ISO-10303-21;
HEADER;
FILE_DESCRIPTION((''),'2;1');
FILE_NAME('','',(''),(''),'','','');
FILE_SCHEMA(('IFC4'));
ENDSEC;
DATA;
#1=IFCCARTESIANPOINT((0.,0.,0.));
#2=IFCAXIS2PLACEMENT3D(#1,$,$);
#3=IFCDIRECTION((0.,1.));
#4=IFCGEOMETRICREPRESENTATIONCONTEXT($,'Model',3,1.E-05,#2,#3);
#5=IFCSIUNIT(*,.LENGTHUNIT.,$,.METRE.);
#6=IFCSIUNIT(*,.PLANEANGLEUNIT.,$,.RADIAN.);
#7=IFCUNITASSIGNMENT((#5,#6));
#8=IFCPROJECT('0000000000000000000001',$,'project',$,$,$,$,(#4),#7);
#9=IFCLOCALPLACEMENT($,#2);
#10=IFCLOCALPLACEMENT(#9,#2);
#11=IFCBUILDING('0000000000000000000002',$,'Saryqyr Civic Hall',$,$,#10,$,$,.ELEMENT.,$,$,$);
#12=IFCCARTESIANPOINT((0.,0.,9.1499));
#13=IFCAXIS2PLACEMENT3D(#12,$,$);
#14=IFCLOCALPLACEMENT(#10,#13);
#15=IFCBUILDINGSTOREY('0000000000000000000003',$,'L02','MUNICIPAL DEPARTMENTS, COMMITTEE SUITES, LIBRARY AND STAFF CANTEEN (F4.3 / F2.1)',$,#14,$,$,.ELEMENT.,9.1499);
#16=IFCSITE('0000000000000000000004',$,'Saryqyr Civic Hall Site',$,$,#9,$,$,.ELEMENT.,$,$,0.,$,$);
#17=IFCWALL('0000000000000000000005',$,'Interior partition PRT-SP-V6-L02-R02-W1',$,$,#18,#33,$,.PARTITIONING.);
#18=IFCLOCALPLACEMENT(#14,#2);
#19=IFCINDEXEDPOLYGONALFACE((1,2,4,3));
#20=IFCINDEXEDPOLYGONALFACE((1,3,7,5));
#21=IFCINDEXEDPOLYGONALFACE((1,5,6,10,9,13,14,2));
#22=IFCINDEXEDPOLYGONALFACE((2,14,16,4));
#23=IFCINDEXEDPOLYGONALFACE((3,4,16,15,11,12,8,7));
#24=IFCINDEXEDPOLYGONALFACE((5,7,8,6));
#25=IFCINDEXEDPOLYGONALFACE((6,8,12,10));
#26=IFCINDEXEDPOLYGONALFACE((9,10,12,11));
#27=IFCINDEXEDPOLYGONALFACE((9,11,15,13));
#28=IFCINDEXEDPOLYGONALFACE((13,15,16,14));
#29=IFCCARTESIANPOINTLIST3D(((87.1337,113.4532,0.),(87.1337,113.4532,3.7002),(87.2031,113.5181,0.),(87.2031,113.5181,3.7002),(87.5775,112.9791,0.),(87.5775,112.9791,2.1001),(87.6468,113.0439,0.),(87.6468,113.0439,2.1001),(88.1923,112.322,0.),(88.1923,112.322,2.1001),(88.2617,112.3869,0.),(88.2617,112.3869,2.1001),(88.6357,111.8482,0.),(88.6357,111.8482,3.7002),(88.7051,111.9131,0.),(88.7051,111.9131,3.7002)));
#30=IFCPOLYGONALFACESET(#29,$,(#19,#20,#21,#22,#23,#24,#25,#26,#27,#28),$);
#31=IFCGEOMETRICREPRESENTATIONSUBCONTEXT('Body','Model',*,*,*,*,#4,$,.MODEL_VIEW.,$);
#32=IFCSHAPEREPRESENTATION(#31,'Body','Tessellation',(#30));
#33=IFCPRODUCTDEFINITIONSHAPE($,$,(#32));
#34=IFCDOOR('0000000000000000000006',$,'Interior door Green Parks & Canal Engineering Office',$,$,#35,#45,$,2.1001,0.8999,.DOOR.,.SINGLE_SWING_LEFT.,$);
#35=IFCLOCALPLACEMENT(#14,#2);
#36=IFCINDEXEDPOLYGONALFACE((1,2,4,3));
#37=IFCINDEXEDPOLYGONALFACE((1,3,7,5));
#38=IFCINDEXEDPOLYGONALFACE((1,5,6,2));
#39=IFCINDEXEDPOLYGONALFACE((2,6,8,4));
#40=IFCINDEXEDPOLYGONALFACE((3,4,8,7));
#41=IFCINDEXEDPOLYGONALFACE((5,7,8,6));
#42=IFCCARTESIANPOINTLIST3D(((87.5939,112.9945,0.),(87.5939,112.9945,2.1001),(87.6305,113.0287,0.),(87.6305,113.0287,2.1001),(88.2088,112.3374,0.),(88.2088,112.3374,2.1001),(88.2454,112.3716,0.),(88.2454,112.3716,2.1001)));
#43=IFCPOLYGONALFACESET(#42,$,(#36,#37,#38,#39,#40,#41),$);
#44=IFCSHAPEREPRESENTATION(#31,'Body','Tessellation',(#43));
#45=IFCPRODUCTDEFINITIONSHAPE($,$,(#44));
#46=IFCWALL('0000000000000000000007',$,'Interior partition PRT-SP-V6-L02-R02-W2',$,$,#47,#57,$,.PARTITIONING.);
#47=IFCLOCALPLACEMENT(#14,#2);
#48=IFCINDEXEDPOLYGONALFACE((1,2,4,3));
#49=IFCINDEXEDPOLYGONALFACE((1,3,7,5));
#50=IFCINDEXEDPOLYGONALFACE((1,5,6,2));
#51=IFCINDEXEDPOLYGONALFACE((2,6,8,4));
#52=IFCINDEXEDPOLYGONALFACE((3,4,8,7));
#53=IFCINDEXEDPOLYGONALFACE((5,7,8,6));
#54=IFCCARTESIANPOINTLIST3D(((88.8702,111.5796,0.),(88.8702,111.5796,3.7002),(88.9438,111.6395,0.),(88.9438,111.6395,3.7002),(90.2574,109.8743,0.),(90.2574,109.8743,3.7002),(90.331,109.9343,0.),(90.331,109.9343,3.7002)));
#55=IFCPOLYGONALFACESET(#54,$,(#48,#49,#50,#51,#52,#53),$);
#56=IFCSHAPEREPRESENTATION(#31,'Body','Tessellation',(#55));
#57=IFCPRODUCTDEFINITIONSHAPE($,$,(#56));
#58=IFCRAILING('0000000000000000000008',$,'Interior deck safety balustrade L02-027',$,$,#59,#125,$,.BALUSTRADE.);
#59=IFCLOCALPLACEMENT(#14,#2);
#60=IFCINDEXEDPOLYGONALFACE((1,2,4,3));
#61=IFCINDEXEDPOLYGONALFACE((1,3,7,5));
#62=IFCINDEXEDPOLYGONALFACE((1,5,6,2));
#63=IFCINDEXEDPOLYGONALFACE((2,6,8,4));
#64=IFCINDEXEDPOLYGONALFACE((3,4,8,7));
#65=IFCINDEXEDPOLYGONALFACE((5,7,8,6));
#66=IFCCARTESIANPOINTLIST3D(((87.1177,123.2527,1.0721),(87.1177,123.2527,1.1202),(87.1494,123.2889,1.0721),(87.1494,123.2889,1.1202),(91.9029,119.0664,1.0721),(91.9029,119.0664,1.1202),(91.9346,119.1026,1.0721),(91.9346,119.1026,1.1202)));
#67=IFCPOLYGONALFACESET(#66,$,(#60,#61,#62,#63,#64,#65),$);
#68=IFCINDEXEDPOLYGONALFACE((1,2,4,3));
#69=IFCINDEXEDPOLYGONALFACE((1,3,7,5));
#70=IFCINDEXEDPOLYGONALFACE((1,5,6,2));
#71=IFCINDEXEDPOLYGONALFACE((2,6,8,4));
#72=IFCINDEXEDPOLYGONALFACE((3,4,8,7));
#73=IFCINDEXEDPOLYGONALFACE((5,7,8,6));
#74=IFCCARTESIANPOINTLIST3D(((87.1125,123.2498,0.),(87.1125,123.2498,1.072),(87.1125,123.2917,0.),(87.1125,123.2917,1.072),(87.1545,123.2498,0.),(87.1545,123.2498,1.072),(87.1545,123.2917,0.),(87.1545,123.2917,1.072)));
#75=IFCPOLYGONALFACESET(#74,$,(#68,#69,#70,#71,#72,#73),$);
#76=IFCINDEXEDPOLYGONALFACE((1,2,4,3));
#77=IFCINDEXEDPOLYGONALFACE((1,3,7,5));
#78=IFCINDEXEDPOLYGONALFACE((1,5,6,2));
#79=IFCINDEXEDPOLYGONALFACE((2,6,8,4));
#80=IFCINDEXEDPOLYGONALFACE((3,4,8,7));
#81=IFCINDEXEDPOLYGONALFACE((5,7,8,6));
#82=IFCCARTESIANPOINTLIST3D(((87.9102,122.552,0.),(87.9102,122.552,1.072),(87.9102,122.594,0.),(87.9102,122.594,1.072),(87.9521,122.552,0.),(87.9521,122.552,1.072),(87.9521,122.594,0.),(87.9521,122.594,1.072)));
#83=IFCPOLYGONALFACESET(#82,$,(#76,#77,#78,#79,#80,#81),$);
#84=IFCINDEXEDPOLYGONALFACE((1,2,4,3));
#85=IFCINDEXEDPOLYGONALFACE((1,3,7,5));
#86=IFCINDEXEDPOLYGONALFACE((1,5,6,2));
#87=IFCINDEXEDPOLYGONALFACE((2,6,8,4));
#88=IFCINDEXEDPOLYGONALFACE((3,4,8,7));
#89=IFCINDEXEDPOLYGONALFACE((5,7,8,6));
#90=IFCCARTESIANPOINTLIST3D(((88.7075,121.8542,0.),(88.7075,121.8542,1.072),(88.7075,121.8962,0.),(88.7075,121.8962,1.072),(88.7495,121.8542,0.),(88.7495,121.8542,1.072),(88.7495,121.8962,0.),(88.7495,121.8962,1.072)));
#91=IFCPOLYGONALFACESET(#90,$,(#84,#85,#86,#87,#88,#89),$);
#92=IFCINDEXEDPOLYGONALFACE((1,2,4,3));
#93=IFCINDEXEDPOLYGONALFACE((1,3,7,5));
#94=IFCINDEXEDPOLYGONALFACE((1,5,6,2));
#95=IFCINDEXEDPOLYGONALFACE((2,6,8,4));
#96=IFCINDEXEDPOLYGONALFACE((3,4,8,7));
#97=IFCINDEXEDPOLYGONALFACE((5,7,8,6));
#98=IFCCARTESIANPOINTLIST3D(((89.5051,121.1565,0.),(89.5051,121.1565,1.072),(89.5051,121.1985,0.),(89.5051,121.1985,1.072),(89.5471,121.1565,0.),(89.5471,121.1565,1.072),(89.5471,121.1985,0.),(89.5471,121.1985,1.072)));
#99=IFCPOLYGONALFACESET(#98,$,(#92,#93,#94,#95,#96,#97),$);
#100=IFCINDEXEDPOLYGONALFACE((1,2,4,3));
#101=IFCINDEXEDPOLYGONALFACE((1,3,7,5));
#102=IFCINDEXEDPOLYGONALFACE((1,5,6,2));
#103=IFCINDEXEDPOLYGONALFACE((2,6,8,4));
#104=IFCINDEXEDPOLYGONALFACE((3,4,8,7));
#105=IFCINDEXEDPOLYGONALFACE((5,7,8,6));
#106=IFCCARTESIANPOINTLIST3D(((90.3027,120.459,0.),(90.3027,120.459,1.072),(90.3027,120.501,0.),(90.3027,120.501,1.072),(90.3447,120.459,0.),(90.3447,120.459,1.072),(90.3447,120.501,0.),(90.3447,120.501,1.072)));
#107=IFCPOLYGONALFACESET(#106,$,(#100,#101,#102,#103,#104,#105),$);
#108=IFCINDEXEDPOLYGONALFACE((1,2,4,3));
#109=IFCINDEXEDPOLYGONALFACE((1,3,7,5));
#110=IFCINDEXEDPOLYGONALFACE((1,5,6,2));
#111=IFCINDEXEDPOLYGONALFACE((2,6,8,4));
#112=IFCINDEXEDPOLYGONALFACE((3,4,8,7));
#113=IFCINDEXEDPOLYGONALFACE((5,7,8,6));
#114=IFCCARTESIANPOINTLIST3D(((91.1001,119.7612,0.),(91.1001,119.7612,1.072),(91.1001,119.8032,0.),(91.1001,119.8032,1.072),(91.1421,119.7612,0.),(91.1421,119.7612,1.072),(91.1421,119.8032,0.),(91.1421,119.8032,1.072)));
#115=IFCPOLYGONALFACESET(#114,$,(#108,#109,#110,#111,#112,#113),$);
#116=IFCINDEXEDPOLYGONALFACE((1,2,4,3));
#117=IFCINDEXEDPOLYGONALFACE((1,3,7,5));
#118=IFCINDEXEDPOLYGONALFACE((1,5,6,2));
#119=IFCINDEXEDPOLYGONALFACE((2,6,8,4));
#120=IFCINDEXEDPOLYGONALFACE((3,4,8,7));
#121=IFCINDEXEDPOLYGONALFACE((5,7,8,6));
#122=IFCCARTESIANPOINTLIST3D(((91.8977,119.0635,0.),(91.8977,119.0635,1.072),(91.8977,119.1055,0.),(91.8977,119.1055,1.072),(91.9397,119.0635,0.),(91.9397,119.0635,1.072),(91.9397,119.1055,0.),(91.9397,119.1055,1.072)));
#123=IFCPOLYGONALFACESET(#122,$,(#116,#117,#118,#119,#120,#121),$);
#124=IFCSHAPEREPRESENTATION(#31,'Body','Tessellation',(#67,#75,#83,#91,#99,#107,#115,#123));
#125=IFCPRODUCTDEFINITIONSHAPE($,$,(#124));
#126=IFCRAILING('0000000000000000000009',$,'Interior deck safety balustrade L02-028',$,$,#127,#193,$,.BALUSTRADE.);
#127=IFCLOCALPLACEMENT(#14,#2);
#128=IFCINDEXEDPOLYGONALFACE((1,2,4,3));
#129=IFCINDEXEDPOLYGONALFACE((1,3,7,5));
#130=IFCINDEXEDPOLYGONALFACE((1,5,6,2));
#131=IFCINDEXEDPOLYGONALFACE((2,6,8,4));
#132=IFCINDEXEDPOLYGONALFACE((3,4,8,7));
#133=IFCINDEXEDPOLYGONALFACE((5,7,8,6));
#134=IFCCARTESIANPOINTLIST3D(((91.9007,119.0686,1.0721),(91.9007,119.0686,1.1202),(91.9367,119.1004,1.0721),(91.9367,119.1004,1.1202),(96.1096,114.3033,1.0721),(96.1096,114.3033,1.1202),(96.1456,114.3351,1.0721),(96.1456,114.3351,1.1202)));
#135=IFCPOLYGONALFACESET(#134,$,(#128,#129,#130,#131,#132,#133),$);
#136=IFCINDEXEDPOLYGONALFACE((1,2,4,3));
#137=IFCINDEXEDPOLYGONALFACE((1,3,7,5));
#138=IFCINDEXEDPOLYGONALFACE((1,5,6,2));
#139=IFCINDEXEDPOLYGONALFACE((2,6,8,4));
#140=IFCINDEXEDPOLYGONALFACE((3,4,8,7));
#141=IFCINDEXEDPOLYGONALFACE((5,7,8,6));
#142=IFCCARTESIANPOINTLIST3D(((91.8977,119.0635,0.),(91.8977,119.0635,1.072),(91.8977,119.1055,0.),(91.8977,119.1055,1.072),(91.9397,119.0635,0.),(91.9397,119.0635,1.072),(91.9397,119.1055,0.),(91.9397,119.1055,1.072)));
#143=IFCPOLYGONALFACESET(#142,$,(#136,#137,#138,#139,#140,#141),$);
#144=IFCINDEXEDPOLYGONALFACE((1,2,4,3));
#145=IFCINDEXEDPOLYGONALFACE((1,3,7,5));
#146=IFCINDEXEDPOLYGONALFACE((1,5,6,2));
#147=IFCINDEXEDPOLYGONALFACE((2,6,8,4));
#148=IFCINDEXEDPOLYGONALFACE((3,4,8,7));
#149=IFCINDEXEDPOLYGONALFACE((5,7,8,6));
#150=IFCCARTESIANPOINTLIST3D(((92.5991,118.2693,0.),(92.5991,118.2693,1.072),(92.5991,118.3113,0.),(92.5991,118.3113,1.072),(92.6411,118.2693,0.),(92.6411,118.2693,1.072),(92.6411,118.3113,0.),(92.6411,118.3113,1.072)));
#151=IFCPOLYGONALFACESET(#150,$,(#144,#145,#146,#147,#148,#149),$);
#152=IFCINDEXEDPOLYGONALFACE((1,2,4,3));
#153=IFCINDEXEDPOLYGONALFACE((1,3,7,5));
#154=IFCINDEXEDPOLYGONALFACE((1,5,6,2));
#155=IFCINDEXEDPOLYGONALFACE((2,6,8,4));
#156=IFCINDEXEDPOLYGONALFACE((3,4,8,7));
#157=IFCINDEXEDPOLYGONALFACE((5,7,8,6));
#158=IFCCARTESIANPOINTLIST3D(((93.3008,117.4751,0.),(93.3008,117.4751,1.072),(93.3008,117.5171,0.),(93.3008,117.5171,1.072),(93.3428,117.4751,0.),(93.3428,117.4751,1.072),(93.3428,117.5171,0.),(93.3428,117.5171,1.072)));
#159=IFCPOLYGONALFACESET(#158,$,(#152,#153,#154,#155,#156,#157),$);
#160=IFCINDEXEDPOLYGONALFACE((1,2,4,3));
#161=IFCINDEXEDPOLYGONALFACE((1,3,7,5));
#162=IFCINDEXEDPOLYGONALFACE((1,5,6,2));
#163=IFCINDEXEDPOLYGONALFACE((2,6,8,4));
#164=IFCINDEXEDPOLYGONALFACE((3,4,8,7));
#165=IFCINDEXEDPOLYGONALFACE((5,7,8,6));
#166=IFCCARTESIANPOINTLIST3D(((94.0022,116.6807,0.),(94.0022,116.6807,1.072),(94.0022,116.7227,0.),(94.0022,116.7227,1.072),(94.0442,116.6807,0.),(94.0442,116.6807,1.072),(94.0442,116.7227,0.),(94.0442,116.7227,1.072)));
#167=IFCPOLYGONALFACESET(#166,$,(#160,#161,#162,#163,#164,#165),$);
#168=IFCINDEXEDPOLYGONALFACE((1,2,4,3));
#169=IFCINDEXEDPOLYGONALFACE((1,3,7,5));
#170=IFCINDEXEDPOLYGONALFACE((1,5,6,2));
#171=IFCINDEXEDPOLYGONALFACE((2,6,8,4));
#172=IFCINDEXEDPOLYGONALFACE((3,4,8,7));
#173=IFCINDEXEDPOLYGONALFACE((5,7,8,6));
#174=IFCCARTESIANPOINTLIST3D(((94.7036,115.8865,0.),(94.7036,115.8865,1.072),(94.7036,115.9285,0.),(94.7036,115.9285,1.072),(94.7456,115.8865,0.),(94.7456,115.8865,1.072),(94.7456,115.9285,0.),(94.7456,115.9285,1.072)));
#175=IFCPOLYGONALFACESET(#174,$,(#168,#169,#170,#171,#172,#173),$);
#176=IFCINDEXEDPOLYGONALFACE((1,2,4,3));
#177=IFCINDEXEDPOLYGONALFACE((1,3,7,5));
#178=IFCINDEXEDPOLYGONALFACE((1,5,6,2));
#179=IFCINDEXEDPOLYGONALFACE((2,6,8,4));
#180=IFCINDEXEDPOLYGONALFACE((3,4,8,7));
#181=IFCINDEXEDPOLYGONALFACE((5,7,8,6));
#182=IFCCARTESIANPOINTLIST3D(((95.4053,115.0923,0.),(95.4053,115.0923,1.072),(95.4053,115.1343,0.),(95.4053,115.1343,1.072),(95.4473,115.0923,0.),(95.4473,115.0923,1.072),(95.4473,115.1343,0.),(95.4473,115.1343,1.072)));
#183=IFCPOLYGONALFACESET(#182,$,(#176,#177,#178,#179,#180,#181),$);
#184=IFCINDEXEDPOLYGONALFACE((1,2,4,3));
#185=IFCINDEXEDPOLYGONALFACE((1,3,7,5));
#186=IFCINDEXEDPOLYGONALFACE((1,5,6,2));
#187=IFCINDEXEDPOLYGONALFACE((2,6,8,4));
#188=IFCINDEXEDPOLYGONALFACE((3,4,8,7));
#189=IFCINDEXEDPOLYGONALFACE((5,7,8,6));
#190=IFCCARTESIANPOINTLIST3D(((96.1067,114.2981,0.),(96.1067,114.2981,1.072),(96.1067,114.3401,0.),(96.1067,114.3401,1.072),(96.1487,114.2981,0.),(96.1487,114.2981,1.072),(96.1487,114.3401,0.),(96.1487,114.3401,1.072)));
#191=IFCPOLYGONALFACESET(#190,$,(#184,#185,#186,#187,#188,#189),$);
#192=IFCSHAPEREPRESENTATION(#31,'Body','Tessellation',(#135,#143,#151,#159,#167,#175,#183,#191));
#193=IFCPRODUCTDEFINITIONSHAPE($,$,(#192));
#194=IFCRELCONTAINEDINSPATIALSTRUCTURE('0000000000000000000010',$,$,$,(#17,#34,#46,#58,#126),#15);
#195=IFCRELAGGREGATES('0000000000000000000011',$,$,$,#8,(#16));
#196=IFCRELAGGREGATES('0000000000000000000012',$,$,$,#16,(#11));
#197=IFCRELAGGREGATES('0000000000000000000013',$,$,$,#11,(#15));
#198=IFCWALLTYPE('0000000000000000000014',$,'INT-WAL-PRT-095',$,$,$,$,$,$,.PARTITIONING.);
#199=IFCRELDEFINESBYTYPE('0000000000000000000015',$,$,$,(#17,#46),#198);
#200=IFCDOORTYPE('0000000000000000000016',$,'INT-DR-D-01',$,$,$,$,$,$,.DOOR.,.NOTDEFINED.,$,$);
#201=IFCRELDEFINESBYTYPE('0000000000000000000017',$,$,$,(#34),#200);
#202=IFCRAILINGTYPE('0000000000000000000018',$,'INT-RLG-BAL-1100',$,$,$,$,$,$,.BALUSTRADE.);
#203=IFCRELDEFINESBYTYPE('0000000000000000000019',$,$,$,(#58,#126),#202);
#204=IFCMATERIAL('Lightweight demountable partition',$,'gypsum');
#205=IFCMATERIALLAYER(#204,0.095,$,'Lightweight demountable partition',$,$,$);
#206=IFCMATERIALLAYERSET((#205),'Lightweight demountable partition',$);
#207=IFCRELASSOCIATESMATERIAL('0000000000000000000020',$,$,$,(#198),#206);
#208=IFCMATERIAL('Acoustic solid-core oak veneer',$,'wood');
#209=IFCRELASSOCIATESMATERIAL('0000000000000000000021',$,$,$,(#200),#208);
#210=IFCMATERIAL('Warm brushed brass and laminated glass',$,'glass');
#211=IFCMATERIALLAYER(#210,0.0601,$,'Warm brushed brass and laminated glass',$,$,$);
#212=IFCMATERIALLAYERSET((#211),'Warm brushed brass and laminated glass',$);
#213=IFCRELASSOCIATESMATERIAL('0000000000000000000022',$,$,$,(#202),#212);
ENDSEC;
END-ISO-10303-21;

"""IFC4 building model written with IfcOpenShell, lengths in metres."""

from ifc_helpers import new_model, si_unit, direction, frame, frame_2d, origin, origin_2d, place, context, subcontext, project, spatial, rectangle, extrude, material, layer, layer_set, type_object, element, fill, save


model = new_model("IFC4")

# Units and contexts
model_context = context("Model", 3, precision=1e-05, world=origin(), true_north=direction((0.0, 1.0)))
body_context = subcontext(model_context, "Body", "Model", "MODEL_VIEW")
ifc_project = project(units=[si_unit("LENGTHUNIT", "METRE"), si_unit("PLANEANGLEUNIT", "RADIAN")], contexts=[model_context])

# Site, building, storey
site_placement = place(None, origin())
site = spatial("IfcSite", under=ifc_project, at=site_placement, Name="Saryqyr Civic Hall Site", CompositionType="ELEMENT", RefElevation=0.0)
building_placement = place(site_placement, origin())
building = spatial("IfcBuilding", under=site, at=building_placement, Name="Saryqyr Civic Hall", CompositionType="ELEMENT")
storey_placement = place(building_placement, frame((0.0, 0.0, 9.1499)))
storey = spatial("IfcBuildingStorey", under=building, at=storey_placement, Name="L02", Description="MUNICIPAL DEPARTMENTS, COMMITTEE SUITES, LIBRARY AND STAFF CANTEEN (F4.3 / F2.1)", CompositionType="ELEMENT", Elevation=9.1499)

# Wall, opening, door
ifc_material_1 = material(Name="Lightweight demountable partition", Category="gypsum")
ifc_layer_1 = layer(ifc_material_1, 0.095, Name="Lightweight demountable partition")
ifc_layer_set_1 = layer_set([ifc_layer_1], Name="Lightweight demountable partition")
wall_type_1 = type_object("IfcWallType", Name="INT-WAL-PRT-095", PredefinedType="PARTITIONING", material=ifc_layer_set_1)
wall_1_placement = place(storey_placement, frame((88.6704, 111.8806, 0.0), z_axis=(0.0, 0.0, 1.0), x_axis=(-0.683283, 0.730153, 0.0)))
wall_1 = element("IfcWall", 1, at=wall_1_placement, inside=storey, type_object=wall_type_1, Name="Interior partition PRT-SP-V6-L02-R02-W1", PredefinedType="PARTITIONING", context=body_context, shape_type="SweptSolid", body=[
    extrude(rectangle(XDim=2.1982, YDim=0.095, at=frame_2d((1.0991, 0.0))), origin(), (0.0, 0.0, 1.0), 3.7002),
])
opening_1_placement = place(wall_1_placement, frame((0.6489, 0.0, 0.0)))
opening_1 = element("IfcOpeningElement", 2, at=opening_1_placement, cuts=wall_1, PredefinedType="OPENING", context=body_context, shape_type="SweptSolid", body=[
    extrude(rectangle(XDim=0.8999, YDim=2.1001, at=frame_2d((0.45, 1.05))), frame((0.0, 0.0574, 0.0), z_axis=(0.0, -1.0, 0.0), x_axis=(1.0, 0.0, 0.0)), (0.0, 0.0, 1.0), 0.115),
])
ifc_material_2 = material(Name="Acoustic solid-core oak veneer", Category="wood")
door_type = type_object("IfcDoorType", Name="INT-DR-D-01", OperationType="NOTDEFINED", PredefinedType="DOOR", material=ifc_material_2)
door_placement = place(opening_1_placement, origin())
door = element("IfcDoor", 3, at=door_placement, inside=storey, type_object=door_type, Name="Interior door Green Parks & Canal Engineering Office", OperationType="SINGLE_SWING_LEFT", OverallHeight=2.1001, OverallWidth=0.8999, PredefinedType="DOOR", context=body_context, shape_type="SweptSolid", body=[
    extrude(rectangle(XDim=0.8999, YDim=2.1001, at=frame_2d((0.45, 1.05))), frame((0.0, 0.0249, 0.0), z_axis=(0.0, -1.0, 0.0), x_axis=(1.0, 0.0, 0.0)), (0.0, 0.0, 1.0), 0.05),
])
fill(opening_1, door)

# Wall
wall_2_placement = place(storey_placement, frame((90.2942, 109.9043, 0.0), z_axis=(0.0, 0.0, 1.0), x_axis=(-0.63104, 0.77575, 0.0)))
element("IfcWall", 4, at=wall_2_placement, inside=storey, type_object=wall_type_1, Name="Interior partition PRT-SP-V6-L02-R02-W2", PredefinedType="PARTITIONING", context=body_context, shape_type="SweptSolid", body=[
    extrude(rectangle(XDim=2.1982, YDim=0.095, at=frame_2d((1.0991, 0.0))), origin(), (0.0, 0.0, 1.0), 3.7002),
])

# Railings
ifc_material_3 = material(Name="Warm brushed brass and laminated glass", Category="glass")
ifc_layer_2 = layer(ifc_material_3, 0.0601, Name="Warm brushed brass and laminated glass")
ifc_layer_set_2 = layer_set([ifc_layer_2], Name="Warm brushed brass and laminated glass")
railing_type = type_object("IfcRailingType", Name="INT-RLG-BAL-1100", PredefinedType="BALUSTRADE", material=ifc_layer_set_2)
railing_1_placement = place(storey_placement, frame((87.1335, 123.2708, 0.0)))
element("IfcRailing", 5, at=railing_1_placement, inside=storey, type_object=railing_type, Name="Interior deck safety balustrade L02-027", PredefinedType="BALUSTRADE", context=body_context, shape_type="SweptSolid", body=[
    extrude(rectangle(XDim=0.0481, YDim=0.0481, at=origin_2d()), frame((0.0, 0.0, 1.0962), z_axis=(0.752634, -0.658439, 0.0), x_axis=(0.658439, 0.752634, 0.0)), (0.0, 0.0, 1.0), 6.3579),
    extrude(rectangle(XDim=0.042, YDim=0.042, at=origin_2d()), origin(), (0.0, 0.0, 1.0), 1.072),
    extrude(rectangle(XDim=0.042, YDim=0.042, at=origin_2d()), frame((0.7976, -0.6978, 0.0)), (0.0, 0.0, 1.0), 1.072),
    extrude(rectangle(XDim=0.042, YDim=0.042, at=origin_2d()), frame((1.595, -1.3955, 0.0)), (0.0, 0.0, 1.0), 1.072),
    extrude(rectangle(XDim=0.042, YDim=0.042, at=origin_2d()), frame((2.3926, -2.0933, 0.0)), (0.0, 0.0, 1.0), 1.072),
    extrude(rectangle(XDim=0.042, YDim=0.042, at=origin_2d()), frame((3.1902, -2.7908, 0.0)), (0.0, 0.0, 1.0), 1.072),
    extrude(rectangle(XDim=0.042, YDim=0.042, at=origin_2d()), frame((3.9875, -3.4885, 0.0)), (0.0, 0.0, 1.0), 1.072),
    extrude(rectangle(XDim=0.042, YDim=0.042, at=origin_2d()), frame((4.7852, -4.1863, 0.0)), (0.0, 0.0, 1.0), 1.072),
])
railing_2_placement = place(storey_placement, frame((91.9187, 119.0845, 0.0)))
element("IfcRailing", 6, at=railing_2_placement, inside=storey, type_object=railing_type, Name="Interior deck safety balustrade L02-028", PredefinedType="BALUSTRADE", context=body_context, shape_type="SweptSolid", body=[
    extrude(rectangle(XDim=0.0481, YDim=0.0481, at=origin_2d()), frame((0.0, 0.0, 1.0962), z_axis=(0.661996, -0.749507, 0.0), x_axis=(0.749507, 0.661996, 0.0)), (0.0, 0.0, 1.0), 6.3579),
    extrude(rectangle(XDim=0.042, YDim=0.042, at=origin_2d()), origin(), (0.0, 0.0, 1.0), 1.072),
    extrude(rectangle(XDim=0.042, YDim=0.042, at=origin_2d()), frame((0.7014, -0.7942, 0.0)), (0.0, 0.0, 1.0), 1.072),
    extrude(rectangle(XDim=0.042, YDim=0.042, at=origin_2d()), frame((1.4031, -1.5884, 0.0)), (0.0, 0.0, 1.0), 1.072),
    extrude(rectangle(XDim=0.042, YDim=0.042, at=origin_2d()), frame((2.1045, -2.3828, 0.0)), (0.0, 0.0, 1.0), 1.072),
    extrude(rectangle(XDim=0.042, YDim=0.042, at=origin_2d()), frame((2.8059, -3.177, 0.0)), (0.0, 0.0, 1.0), 1.072),
    extrude(rectangle(XDim=0.042, YDim=0.042, at=origin_2d()), frame((3.5076, -3.9712, 0.0)), (0.0, 0.0, 1.0), 1.072),
    extrude(rectangle(XDim=0.042, YDim=0.042, at=origin_2d()), frame((4.209, -4.7654, 0.0)), (0.0, 0.0, 1.0), 1.072),
])

save(model, "model.ifc")
